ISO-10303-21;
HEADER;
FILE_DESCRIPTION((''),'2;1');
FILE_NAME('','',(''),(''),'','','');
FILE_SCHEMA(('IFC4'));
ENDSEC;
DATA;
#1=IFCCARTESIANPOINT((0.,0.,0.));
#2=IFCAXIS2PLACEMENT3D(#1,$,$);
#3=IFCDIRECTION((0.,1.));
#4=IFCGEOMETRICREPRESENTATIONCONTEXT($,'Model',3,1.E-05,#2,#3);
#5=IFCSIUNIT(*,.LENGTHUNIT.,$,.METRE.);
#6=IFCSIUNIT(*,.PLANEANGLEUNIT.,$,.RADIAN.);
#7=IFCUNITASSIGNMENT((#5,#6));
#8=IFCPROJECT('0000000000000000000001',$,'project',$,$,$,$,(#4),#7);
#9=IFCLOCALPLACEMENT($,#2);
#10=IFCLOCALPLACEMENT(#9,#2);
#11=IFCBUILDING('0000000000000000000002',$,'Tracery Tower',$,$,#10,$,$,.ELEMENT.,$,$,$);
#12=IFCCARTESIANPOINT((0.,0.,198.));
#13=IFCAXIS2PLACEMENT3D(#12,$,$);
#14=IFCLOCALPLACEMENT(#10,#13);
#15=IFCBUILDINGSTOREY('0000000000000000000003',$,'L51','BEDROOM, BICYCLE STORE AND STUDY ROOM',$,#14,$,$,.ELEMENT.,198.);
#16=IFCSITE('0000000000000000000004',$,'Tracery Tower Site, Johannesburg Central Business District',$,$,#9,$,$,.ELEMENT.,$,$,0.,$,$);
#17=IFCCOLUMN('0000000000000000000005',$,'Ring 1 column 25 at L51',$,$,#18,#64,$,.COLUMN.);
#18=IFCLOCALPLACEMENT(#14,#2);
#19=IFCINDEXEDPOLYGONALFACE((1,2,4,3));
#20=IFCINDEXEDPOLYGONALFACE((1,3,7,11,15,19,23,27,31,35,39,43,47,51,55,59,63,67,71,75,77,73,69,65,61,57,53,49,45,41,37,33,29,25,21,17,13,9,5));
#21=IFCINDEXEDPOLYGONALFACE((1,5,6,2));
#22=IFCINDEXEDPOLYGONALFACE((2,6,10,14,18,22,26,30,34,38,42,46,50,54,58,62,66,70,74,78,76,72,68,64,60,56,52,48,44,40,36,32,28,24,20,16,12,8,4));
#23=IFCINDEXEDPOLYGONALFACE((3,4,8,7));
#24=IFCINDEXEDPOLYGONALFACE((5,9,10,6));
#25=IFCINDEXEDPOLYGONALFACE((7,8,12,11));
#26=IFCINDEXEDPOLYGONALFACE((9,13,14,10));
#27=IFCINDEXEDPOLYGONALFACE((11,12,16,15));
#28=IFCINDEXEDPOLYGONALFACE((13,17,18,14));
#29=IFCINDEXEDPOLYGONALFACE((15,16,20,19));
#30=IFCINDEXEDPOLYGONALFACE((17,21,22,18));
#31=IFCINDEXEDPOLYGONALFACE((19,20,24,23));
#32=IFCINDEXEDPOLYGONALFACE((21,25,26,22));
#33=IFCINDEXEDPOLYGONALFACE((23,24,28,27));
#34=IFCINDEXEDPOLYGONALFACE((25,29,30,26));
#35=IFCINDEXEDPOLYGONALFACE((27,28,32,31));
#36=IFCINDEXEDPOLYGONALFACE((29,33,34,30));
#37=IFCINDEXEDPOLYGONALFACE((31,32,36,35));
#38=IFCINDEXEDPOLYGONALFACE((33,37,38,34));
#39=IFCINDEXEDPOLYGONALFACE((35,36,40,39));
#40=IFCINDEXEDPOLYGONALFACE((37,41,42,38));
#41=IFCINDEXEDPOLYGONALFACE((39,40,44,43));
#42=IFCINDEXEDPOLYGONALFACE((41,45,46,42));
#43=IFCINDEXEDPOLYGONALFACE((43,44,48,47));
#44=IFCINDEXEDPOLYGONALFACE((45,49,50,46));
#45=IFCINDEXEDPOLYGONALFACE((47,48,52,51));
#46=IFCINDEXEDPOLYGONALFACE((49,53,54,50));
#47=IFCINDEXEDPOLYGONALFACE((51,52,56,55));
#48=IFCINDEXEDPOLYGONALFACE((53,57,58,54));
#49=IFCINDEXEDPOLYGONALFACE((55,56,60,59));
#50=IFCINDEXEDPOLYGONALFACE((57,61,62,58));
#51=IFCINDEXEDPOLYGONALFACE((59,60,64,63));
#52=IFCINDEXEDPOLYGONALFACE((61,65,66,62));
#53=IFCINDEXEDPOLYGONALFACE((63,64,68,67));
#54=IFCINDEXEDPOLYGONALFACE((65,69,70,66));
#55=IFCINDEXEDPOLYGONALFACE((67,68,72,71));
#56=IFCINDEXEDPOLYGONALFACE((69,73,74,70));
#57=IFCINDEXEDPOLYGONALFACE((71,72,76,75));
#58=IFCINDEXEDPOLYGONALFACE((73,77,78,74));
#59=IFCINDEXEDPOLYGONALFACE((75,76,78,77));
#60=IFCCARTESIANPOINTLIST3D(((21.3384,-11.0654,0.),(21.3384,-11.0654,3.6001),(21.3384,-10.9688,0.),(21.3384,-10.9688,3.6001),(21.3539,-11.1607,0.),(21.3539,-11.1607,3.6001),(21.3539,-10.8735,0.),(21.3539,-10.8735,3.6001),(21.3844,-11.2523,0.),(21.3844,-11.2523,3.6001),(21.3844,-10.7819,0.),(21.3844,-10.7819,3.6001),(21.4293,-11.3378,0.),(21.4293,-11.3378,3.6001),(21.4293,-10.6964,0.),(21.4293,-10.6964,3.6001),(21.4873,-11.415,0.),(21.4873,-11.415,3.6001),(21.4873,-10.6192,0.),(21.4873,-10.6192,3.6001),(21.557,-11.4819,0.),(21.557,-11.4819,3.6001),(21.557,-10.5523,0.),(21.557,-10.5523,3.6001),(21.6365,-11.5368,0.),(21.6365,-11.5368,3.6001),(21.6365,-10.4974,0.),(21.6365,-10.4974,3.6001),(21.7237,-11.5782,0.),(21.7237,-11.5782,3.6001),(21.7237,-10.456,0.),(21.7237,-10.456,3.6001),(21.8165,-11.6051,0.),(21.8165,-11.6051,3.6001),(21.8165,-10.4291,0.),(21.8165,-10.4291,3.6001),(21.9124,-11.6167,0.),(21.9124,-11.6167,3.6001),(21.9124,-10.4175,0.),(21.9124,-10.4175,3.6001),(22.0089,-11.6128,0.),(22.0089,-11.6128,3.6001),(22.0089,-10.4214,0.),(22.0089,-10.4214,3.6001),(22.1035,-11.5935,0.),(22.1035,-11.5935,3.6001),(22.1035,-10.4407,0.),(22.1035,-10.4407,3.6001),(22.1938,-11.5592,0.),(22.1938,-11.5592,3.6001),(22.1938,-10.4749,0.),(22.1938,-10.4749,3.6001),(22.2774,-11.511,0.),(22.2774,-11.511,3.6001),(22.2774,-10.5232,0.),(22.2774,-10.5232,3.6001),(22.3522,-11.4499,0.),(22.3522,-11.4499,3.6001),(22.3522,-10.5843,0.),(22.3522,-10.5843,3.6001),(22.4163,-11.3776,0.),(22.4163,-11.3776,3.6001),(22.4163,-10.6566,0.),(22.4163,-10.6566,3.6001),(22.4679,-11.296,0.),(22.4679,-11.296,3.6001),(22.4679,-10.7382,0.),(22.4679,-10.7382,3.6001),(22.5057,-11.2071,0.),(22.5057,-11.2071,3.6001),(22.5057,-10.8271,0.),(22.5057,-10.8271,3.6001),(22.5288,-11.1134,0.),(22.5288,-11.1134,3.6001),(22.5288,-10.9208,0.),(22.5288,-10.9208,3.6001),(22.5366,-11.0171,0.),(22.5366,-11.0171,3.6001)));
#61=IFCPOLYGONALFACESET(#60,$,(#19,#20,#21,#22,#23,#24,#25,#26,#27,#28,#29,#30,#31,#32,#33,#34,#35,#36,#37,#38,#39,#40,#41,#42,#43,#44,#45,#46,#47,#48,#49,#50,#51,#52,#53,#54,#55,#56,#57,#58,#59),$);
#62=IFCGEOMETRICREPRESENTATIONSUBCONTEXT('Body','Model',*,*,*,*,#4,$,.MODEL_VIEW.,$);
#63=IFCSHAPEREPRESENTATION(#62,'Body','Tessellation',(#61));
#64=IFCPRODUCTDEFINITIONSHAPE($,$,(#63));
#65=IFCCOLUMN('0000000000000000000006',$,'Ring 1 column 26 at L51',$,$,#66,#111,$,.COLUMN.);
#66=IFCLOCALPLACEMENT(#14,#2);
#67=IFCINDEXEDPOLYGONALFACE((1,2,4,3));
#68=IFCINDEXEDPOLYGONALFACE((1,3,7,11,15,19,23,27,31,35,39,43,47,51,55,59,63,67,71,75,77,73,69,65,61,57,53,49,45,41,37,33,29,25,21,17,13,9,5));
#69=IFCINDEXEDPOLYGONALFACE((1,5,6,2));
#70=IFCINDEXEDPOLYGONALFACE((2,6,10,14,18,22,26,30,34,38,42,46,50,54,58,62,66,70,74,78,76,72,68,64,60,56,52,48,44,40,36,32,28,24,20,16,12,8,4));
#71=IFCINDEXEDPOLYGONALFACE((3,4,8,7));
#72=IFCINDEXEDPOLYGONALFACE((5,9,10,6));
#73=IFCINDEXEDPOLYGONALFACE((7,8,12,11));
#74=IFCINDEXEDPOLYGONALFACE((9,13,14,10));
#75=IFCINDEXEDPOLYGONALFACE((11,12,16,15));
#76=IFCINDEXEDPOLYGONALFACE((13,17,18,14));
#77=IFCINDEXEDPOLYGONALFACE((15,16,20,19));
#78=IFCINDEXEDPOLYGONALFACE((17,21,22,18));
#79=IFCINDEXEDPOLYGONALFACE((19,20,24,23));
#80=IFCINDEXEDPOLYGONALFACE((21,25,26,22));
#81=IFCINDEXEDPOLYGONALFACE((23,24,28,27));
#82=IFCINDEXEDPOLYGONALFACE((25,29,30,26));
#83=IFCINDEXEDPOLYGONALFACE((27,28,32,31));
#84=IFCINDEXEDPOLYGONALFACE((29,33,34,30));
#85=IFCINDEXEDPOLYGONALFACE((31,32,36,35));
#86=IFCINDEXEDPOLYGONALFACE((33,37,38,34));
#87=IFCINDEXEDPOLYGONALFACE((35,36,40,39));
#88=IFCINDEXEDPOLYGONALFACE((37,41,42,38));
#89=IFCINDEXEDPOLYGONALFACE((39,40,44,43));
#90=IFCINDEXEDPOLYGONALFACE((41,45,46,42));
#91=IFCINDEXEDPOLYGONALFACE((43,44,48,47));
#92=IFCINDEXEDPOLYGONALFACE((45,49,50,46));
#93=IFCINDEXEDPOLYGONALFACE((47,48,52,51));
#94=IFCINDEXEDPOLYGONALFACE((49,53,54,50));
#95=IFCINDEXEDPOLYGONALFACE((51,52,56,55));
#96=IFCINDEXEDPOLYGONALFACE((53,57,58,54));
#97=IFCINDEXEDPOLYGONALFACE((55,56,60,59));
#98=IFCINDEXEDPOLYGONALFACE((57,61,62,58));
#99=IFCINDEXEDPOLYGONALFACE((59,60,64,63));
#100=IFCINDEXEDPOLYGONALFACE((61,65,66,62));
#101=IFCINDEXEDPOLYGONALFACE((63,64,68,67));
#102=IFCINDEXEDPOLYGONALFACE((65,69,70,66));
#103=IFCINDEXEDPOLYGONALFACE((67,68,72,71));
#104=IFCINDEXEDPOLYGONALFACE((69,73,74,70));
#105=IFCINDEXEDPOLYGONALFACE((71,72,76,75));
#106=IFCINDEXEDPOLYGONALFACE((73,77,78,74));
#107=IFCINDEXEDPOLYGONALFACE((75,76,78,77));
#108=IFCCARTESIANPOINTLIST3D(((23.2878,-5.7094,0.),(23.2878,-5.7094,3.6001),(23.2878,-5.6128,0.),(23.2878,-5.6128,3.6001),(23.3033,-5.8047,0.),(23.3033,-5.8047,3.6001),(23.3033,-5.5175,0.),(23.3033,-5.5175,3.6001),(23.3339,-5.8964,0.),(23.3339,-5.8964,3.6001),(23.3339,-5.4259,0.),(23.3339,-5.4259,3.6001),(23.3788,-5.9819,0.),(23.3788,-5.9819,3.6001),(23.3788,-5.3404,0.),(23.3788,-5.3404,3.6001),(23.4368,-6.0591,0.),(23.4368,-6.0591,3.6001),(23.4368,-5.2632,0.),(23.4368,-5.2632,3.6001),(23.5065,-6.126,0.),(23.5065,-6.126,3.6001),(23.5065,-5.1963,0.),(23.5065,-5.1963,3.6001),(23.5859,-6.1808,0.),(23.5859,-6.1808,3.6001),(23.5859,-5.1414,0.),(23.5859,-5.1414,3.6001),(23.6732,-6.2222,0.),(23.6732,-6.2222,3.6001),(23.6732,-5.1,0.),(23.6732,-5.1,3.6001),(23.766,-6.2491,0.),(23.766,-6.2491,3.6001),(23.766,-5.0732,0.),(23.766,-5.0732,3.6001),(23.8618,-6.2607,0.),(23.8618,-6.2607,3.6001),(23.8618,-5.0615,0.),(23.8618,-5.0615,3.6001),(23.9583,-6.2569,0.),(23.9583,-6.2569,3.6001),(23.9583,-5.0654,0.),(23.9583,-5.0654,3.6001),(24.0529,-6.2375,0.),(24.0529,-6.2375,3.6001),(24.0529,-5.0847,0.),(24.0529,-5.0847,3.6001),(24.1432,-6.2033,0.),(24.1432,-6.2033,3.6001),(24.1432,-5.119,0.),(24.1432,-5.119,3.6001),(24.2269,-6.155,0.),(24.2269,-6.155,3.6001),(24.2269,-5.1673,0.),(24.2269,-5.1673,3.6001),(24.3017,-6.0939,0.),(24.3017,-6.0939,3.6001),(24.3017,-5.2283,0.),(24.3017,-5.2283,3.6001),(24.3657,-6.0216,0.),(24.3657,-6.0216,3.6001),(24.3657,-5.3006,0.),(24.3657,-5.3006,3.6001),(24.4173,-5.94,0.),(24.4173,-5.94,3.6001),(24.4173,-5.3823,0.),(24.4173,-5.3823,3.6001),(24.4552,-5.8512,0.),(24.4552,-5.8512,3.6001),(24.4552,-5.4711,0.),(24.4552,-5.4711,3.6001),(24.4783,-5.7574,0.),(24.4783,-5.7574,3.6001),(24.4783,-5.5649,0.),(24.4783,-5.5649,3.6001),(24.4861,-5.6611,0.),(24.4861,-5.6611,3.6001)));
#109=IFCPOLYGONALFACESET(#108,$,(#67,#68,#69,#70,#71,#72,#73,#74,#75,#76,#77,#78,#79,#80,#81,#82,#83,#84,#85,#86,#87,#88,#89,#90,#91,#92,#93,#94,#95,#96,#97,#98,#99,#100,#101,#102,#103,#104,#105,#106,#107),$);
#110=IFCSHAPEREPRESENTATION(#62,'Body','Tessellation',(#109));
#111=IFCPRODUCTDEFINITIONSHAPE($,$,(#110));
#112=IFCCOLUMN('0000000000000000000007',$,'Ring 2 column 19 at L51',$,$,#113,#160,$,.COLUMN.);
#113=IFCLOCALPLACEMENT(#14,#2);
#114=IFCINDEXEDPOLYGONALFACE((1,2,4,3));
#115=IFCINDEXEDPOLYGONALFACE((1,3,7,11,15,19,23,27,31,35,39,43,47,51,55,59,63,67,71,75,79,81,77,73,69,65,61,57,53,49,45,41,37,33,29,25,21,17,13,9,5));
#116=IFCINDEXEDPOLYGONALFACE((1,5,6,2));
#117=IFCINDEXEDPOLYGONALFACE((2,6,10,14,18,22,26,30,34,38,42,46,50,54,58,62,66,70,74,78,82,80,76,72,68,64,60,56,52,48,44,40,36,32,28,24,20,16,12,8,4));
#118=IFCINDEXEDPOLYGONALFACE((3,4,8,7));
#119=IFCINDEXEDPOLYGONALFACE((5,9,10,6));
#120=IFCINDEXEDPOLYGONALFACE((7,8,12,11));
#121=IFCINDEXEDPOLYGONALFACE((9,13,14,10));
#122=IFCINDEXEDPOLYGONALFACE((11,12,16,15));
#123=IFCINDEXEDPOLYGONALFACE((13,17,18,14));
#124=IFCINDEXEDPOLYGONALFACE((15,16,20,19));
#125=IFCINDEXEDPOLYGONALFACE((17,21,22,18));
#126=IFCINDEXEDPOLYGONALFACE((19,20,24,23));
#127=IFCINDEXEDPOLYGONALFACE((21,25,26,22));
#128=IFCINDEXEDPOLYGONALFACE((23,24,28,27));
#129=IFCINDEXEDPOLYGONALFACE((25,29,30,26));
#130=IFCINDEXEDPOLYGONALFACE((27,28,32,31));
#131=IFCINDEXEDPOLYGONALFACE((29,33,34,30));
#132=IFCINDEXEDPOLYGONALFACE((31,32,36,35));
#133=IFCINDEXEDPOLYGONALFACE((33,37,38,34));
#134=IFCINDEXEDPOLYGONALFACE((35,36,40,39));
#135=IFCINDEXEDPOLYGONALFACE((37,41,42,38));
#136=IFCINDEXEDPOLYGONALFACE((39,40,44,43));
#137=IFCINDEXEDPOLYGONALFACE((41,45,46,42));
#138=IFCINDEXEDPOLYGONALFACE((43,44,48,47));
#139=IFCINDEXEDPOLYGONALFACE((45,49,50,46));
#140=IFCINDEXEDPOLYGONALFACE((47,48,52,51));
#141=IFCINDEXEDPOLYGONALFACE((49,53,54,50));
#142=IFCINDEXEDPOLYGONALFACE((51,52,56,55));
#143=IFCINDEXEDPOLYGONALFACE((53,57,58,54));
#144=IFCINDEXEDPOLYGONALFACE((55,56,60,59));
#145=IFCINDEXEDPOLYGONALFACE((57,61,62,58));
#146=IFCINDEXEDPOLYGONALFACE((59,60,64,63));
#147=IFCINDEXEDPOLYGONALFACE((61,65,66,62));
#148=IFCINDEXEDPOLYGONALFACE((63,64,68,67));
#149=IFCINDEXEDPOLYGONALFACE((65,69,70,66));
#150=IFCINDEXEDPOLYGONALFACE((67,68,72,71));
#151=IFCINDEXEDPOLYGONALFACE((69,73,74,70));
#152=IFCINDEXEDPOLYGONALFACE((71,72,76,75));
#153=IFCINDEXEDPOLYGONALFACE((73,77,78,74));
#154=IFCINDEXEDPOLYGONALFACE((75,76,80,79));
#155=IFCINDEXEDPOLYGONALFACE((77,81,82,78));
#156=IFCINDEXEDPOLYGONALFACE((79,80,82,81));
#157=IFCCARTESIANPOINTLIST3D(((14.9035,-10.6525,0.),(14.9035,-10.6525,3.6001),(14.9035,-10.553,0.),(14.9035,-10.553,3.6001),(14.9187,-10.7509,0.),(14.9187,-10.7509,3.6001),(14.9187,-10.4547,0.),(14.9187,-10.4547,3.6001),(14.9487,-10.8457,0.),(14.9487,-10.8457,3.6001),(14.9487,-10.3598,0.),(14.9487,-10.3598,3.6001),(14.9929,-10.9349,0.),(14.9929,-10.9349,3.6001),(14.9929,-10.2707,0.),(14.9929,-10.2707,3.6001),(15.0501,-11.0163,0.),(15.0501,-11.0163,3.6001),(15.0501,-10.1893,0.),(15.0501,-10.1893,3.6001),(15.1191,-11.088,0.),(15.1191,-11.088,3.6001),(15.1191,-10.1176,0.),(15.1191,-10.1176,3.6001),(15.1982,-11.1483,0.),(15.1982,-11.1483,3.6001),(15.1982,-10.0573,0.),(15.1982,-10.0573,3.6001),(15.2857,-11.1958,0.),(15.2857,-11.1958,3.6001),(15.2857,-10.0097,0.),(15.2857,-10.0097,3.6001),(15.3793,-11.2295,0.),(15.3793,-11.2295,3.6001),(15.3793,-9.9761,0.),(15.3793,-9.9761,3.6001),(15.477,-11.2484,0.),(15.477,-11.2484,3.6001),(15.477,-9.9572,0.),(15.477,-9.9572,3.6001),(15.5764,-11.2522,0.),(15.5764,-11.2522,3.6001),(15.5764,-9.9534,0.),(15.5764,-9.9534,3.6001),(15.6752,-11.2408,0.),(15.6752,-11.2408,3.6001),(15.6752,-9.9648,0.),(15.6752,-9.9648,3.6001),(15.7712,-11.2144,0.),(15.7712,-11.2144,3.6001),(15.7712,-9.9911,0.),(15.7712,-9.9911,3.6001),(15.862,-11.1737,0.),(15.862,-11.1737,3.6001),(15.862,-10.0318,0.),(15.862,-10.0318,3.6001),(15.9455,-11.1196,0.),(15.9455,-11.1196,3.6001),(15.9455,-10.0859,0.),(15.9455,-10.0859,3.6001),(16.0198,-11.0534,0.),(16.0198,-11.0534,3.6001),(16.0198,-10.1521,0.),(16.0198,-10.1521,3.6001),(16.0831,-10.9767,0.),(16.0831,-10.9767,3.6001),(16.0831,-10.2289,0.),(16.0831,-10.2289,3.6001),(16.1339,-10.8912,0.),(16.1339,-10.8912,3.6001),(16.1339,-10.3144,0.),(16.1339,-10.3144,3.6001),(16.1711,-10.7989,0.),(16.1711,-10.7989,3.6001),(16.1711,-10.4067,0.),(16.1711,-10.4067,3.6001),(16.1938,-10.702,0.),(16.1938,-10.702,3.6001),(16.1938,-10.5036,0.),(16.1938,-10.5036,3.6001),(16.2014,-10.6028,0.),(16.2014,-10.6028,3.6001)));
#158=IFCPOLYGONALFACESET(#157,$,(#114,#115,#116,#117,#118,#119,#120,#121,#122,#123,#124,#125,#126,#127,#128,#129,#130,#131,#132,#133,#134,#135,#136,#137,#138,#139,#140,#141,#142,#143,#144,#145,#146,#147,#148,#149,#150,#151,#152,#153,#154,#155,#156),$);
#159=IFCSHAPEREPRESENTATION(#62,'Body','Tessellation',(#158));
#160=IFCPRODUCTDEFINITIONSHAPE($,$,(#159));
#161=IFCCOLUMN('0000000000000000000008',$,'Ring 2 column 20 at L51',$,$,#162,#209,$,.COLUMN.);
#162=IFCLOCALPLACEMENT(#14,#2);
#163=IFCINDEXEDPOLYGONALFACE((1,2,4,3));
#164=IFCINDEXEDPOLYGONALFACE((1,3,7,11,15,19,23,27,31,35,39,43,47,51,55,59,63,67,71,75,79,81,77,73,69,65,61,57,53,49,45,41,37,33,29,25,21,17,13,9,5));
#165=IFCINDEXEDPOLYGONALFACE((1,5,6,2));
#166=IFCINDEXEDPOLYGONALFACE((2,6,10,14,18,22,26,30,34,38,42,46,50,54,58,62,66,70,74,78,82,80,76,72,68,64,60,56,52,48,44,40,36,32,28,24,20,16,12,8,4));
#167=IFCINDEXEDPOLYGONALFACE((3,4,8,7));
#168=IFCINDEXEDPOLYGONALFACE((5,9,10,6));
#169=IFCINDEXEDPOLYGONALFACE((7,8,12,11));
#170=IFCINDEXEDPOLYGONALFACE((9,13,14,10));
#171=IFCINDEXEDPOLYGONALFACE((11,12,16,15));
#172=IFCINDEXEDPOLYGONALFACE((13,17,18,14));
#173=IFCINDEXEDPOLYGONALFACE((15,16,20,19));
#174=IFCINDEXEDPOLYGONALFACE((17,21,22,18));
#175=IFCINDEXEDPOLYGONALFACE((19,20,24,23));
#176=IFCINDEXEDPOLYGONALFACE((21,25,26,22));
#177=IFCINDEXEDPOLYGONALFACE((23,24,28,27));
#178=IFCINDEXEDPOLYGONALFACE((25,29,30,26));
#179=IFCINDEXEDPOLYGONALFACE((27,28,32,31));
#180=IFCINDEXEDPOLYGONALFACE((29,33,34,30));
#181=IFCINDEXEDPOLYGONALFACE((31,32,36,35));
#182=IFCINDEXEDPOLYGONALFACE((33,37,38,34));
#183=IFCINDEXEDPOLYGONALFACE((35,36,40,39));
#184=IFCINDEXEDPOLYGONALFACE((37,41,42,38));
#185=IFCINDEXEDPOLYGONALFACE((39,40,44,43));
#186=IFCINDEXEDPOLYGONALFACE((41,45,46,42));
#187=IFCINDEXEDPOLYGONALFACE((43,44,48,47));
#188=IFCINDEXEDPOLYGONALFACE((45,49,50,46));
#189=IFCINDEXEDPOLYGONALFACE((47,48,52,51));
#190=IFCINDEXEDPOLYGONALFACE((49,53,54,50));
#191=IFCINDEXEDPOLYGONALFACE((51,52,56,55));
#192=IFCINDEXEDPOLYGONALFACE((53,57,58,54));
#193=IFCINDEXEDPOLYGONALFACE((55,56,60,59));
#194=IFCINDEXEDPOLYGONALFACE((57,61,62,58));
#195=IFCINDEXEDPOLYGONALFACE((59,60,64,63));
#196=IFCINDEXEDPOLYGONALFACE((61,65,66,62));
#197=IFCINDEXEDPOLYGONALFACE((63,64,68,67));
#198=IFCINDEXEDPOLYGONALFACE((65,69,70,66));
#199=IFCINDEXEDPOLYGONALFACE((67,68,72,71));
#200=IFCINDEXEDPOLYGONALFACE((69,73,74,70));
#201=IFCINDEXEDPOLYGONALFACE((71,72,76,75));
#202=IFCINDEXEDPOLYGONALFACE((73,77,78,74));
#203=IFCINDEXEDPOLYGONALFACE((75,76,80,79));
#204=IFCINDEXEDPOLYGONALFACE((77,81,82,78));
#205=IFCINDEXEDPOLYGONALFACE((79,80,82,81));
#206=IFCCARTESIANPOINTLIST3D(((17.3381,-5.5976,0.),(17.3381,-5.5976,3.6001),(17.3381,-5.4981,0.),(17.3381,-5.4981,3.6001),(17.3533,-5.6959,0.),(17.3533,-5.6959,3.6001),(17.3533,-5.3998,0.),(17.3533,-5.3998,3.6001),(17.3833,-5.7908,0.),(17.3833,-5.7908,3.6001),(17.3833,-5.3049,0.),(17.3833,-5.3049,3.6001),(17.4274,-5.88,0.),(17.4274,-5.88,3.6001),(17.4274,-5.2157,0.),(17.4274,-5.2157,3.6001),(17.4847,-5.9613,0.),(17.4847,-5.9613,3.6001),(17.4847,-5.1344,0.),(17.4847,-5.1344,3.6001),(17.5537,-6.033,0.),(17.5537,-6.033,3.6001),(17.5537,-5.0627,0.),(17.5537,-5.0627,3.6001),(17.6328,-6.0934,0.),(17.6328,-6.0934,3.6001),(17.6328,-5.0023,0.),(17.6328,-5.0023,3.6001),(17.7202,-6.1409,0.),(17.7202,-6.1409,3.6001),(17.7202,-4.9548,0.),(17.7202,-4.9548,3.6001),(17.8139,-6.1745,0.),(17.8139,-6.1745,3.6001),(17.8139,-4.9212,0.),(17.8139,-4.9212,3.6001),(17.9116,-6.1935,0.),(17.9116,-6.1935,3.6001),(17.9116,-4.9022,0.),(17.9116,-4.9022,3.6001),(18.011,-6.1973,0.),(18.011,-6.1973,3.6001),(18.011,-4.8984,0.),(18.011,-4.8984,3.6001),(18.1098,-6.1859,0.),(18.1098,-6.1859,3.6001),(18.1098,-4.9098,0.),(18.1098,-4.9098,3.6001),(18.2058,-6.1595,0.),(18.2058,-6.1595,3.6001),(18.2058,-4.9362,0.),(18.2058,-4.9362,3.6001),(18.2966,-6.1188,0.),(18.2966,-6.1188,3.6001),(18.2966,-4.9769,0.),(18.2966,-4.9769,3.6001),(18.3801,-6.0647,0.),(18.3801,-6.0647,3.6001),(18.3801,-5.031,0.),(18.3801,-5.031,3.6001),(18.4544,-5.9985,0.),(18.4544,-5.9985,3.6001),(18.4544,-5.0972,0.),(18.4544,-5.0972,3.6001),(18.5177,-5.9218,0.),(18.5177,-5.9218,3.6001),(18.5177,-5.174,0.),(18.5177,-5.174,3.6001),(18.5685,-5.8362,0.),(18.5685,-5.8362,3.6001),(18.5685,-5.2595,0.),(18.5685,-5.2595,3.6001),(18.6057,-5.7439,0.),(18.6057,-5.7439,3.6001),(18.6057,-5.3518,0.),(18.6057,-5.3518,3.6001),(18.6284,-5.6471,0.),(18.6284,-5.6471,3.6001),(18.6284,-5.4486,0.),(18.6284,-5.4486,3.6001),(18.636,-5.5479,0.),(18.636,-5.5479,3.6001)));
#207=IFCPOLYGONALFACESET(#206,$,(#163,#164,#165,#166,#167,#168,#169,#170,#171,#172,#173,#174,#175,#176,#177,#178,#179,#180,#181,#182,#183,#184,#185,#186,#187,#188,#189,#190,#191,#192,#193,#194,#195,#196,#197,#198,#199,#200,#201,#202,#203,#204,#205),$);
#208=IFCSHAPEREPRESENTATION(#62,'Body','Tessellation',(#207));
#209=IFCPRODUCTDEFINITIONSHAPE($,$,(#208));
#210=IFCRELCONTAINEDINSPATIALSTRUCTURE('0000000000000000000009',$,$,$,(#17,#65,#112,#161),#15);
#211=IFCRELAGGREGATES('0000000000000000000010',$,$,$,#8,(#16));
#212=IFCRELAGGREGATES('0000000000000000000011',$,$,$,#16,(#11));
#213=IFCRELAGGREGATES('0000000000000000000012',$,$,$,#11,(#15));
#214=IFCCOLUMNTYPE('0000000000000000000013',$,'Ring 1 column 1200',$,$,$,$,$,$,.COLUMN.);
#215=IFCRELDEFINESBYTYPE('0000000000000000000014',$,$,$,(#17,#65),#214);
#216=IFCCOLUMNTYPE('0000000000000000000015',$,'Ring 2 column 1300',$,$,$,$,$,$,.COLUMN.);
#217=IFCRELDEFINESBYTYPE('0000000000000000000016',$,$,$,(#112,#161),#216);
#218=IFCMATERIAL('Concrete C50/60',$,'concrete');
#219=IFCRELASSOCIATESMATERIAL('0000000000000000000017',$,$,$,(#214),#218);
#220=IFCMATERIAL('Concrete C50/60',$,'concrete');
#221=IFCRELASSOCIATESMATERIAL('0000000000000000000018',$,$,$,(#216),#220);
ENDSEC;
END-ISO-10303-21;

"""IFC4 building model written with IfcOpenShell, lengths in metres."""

from ifc_helpers import new_model, si_unit, direction, frame, origin, origin_2d, place, context, subcontext, project, spatial, circle, extrude, material, material_profile, profile_set, type_object, element, save


model = new_model("IFC4")

# Units and contexts
model_context = context("Model", 3, precision=1e-05, world=origin(), true_north=direction((0.0, 1.0)))
body_context = subcontext(model_context, "Body", "Model", "MODEL_VIEW")
ifc_project = project(units=[si_unit("LENGTHUNIT", "METRE"), si_unit("PLANEANGLEUNIT", "RADIAN")], contexts=[model_context])

# Site, building, storey
site_placement = place(None, origin())
site = spatial("IfcSite", under=ifc_project, at=site_placement, Name="Tracery Tower Site, Johannesburg Central Business District", CompositionType="ELEMENT", RefElevation=0.0)
building_placement = place(site_placement, origin())
building = spatial("IfcBuilding", under=site, at=building_placement, Name="Tracery Tower", CompositionType="ELEMENT")
storey_placement = place(building_placement, frame((0.0, 0.0, 198.0)))
storey = spatial("IfcBuildingStorey", under=building, at=storey_placement, Name="L51", Description="BEDROOM, BICYCLE STORE AND STUDY ROOM", CompositionType="ELEMENT", Elevation=198.0)

# Columns
ifc_material_1 = material(Name="Concrete C50/60", Category="concrete")
ifc_material_profile_1 = material_profile(ifc_material_1, circle(Radius=0.6001, at=origin_2d()), Name="RC D1200")
ifc_profile_set_1 = profile_set([ifc_material_profile_1], Name="Concrete C50/60")
column_type_1 = type_object("IfcColumnType", Name="Ring 1 column 1200", PredefinedType="COLUMN", material=ifc_profile_set_1)
for number, where, z_axis, x_axis, name in (
    (1, (21.9365, -11.0171, 0.0), (0.0, 0.0, 1.0), (1.0, 0.0, 0.0), "Ring 1 column 25 at L51"),
    (2, (23.886, -5.6611, 0.0), (0.0, 0.0, 1.0), (1.0, 0.0, 0.0), "Ring 1 column 26 at L51"),
):
    element("IfcColumn", number, at=place(storey_placement, frame(where, z_axis=z_axis, x_axis=x_axis)), inside=storey, type_object=column_type_1, Name=name, PredefinedType="COLUMN", context=body_context, shape_type="SweptSolid", body=[
        extrude(circle(Radius=0.6001, at=origin_2d()), origin(), (0.0, 0.0, 1.0), 3.6001),
    ])
ifc_material_2 = material(Name="Concrete C50/60", Category="concrete")
ifc_material_profile_2 = material_profile(ifc_material_2, circle(Radius=0.6499, at=origin_2d()), Name="RC D1300")
ifc_profile_set_2 = profile_set([ifc_material_profile_2], Name="Concrete C50/60")
column_type_2 = type_object("IfcColumnType", Name="Ring 2 column 1300", PredefinedType="COLUMN", material=ifc_profile_set_2)
for number, where, z_axis, x_axis, name in (
    (3, (15.5515, -10.6028, 0.0), (0.0, 0.0, 1.0), (1.0, 0.0, 0.0), "Ring 2 column 19 at L51"),
    (4, (17.9861, -5.5479, 0.0), (0.0, 0.0, 1.0), (1.0, 0.0, 0.0), "Ring 2 column 20 at L51"),
):
    element("IfcColumn", number, at=place(storey_placement, frame(where, z_axis=z_axis, x_axis=x_axis)), inside=storey, type_object=column_type_2, Name=name, PredefinedType="COLUMN", context=body_context, shape_type="SweptSolid", body=[
        extrude(circle(Radius=0.6499, at=origin_2d()), origin(), (0.0, 0.0, 1.0), 3.6001),
    ])

save(model, "model.ifc")
